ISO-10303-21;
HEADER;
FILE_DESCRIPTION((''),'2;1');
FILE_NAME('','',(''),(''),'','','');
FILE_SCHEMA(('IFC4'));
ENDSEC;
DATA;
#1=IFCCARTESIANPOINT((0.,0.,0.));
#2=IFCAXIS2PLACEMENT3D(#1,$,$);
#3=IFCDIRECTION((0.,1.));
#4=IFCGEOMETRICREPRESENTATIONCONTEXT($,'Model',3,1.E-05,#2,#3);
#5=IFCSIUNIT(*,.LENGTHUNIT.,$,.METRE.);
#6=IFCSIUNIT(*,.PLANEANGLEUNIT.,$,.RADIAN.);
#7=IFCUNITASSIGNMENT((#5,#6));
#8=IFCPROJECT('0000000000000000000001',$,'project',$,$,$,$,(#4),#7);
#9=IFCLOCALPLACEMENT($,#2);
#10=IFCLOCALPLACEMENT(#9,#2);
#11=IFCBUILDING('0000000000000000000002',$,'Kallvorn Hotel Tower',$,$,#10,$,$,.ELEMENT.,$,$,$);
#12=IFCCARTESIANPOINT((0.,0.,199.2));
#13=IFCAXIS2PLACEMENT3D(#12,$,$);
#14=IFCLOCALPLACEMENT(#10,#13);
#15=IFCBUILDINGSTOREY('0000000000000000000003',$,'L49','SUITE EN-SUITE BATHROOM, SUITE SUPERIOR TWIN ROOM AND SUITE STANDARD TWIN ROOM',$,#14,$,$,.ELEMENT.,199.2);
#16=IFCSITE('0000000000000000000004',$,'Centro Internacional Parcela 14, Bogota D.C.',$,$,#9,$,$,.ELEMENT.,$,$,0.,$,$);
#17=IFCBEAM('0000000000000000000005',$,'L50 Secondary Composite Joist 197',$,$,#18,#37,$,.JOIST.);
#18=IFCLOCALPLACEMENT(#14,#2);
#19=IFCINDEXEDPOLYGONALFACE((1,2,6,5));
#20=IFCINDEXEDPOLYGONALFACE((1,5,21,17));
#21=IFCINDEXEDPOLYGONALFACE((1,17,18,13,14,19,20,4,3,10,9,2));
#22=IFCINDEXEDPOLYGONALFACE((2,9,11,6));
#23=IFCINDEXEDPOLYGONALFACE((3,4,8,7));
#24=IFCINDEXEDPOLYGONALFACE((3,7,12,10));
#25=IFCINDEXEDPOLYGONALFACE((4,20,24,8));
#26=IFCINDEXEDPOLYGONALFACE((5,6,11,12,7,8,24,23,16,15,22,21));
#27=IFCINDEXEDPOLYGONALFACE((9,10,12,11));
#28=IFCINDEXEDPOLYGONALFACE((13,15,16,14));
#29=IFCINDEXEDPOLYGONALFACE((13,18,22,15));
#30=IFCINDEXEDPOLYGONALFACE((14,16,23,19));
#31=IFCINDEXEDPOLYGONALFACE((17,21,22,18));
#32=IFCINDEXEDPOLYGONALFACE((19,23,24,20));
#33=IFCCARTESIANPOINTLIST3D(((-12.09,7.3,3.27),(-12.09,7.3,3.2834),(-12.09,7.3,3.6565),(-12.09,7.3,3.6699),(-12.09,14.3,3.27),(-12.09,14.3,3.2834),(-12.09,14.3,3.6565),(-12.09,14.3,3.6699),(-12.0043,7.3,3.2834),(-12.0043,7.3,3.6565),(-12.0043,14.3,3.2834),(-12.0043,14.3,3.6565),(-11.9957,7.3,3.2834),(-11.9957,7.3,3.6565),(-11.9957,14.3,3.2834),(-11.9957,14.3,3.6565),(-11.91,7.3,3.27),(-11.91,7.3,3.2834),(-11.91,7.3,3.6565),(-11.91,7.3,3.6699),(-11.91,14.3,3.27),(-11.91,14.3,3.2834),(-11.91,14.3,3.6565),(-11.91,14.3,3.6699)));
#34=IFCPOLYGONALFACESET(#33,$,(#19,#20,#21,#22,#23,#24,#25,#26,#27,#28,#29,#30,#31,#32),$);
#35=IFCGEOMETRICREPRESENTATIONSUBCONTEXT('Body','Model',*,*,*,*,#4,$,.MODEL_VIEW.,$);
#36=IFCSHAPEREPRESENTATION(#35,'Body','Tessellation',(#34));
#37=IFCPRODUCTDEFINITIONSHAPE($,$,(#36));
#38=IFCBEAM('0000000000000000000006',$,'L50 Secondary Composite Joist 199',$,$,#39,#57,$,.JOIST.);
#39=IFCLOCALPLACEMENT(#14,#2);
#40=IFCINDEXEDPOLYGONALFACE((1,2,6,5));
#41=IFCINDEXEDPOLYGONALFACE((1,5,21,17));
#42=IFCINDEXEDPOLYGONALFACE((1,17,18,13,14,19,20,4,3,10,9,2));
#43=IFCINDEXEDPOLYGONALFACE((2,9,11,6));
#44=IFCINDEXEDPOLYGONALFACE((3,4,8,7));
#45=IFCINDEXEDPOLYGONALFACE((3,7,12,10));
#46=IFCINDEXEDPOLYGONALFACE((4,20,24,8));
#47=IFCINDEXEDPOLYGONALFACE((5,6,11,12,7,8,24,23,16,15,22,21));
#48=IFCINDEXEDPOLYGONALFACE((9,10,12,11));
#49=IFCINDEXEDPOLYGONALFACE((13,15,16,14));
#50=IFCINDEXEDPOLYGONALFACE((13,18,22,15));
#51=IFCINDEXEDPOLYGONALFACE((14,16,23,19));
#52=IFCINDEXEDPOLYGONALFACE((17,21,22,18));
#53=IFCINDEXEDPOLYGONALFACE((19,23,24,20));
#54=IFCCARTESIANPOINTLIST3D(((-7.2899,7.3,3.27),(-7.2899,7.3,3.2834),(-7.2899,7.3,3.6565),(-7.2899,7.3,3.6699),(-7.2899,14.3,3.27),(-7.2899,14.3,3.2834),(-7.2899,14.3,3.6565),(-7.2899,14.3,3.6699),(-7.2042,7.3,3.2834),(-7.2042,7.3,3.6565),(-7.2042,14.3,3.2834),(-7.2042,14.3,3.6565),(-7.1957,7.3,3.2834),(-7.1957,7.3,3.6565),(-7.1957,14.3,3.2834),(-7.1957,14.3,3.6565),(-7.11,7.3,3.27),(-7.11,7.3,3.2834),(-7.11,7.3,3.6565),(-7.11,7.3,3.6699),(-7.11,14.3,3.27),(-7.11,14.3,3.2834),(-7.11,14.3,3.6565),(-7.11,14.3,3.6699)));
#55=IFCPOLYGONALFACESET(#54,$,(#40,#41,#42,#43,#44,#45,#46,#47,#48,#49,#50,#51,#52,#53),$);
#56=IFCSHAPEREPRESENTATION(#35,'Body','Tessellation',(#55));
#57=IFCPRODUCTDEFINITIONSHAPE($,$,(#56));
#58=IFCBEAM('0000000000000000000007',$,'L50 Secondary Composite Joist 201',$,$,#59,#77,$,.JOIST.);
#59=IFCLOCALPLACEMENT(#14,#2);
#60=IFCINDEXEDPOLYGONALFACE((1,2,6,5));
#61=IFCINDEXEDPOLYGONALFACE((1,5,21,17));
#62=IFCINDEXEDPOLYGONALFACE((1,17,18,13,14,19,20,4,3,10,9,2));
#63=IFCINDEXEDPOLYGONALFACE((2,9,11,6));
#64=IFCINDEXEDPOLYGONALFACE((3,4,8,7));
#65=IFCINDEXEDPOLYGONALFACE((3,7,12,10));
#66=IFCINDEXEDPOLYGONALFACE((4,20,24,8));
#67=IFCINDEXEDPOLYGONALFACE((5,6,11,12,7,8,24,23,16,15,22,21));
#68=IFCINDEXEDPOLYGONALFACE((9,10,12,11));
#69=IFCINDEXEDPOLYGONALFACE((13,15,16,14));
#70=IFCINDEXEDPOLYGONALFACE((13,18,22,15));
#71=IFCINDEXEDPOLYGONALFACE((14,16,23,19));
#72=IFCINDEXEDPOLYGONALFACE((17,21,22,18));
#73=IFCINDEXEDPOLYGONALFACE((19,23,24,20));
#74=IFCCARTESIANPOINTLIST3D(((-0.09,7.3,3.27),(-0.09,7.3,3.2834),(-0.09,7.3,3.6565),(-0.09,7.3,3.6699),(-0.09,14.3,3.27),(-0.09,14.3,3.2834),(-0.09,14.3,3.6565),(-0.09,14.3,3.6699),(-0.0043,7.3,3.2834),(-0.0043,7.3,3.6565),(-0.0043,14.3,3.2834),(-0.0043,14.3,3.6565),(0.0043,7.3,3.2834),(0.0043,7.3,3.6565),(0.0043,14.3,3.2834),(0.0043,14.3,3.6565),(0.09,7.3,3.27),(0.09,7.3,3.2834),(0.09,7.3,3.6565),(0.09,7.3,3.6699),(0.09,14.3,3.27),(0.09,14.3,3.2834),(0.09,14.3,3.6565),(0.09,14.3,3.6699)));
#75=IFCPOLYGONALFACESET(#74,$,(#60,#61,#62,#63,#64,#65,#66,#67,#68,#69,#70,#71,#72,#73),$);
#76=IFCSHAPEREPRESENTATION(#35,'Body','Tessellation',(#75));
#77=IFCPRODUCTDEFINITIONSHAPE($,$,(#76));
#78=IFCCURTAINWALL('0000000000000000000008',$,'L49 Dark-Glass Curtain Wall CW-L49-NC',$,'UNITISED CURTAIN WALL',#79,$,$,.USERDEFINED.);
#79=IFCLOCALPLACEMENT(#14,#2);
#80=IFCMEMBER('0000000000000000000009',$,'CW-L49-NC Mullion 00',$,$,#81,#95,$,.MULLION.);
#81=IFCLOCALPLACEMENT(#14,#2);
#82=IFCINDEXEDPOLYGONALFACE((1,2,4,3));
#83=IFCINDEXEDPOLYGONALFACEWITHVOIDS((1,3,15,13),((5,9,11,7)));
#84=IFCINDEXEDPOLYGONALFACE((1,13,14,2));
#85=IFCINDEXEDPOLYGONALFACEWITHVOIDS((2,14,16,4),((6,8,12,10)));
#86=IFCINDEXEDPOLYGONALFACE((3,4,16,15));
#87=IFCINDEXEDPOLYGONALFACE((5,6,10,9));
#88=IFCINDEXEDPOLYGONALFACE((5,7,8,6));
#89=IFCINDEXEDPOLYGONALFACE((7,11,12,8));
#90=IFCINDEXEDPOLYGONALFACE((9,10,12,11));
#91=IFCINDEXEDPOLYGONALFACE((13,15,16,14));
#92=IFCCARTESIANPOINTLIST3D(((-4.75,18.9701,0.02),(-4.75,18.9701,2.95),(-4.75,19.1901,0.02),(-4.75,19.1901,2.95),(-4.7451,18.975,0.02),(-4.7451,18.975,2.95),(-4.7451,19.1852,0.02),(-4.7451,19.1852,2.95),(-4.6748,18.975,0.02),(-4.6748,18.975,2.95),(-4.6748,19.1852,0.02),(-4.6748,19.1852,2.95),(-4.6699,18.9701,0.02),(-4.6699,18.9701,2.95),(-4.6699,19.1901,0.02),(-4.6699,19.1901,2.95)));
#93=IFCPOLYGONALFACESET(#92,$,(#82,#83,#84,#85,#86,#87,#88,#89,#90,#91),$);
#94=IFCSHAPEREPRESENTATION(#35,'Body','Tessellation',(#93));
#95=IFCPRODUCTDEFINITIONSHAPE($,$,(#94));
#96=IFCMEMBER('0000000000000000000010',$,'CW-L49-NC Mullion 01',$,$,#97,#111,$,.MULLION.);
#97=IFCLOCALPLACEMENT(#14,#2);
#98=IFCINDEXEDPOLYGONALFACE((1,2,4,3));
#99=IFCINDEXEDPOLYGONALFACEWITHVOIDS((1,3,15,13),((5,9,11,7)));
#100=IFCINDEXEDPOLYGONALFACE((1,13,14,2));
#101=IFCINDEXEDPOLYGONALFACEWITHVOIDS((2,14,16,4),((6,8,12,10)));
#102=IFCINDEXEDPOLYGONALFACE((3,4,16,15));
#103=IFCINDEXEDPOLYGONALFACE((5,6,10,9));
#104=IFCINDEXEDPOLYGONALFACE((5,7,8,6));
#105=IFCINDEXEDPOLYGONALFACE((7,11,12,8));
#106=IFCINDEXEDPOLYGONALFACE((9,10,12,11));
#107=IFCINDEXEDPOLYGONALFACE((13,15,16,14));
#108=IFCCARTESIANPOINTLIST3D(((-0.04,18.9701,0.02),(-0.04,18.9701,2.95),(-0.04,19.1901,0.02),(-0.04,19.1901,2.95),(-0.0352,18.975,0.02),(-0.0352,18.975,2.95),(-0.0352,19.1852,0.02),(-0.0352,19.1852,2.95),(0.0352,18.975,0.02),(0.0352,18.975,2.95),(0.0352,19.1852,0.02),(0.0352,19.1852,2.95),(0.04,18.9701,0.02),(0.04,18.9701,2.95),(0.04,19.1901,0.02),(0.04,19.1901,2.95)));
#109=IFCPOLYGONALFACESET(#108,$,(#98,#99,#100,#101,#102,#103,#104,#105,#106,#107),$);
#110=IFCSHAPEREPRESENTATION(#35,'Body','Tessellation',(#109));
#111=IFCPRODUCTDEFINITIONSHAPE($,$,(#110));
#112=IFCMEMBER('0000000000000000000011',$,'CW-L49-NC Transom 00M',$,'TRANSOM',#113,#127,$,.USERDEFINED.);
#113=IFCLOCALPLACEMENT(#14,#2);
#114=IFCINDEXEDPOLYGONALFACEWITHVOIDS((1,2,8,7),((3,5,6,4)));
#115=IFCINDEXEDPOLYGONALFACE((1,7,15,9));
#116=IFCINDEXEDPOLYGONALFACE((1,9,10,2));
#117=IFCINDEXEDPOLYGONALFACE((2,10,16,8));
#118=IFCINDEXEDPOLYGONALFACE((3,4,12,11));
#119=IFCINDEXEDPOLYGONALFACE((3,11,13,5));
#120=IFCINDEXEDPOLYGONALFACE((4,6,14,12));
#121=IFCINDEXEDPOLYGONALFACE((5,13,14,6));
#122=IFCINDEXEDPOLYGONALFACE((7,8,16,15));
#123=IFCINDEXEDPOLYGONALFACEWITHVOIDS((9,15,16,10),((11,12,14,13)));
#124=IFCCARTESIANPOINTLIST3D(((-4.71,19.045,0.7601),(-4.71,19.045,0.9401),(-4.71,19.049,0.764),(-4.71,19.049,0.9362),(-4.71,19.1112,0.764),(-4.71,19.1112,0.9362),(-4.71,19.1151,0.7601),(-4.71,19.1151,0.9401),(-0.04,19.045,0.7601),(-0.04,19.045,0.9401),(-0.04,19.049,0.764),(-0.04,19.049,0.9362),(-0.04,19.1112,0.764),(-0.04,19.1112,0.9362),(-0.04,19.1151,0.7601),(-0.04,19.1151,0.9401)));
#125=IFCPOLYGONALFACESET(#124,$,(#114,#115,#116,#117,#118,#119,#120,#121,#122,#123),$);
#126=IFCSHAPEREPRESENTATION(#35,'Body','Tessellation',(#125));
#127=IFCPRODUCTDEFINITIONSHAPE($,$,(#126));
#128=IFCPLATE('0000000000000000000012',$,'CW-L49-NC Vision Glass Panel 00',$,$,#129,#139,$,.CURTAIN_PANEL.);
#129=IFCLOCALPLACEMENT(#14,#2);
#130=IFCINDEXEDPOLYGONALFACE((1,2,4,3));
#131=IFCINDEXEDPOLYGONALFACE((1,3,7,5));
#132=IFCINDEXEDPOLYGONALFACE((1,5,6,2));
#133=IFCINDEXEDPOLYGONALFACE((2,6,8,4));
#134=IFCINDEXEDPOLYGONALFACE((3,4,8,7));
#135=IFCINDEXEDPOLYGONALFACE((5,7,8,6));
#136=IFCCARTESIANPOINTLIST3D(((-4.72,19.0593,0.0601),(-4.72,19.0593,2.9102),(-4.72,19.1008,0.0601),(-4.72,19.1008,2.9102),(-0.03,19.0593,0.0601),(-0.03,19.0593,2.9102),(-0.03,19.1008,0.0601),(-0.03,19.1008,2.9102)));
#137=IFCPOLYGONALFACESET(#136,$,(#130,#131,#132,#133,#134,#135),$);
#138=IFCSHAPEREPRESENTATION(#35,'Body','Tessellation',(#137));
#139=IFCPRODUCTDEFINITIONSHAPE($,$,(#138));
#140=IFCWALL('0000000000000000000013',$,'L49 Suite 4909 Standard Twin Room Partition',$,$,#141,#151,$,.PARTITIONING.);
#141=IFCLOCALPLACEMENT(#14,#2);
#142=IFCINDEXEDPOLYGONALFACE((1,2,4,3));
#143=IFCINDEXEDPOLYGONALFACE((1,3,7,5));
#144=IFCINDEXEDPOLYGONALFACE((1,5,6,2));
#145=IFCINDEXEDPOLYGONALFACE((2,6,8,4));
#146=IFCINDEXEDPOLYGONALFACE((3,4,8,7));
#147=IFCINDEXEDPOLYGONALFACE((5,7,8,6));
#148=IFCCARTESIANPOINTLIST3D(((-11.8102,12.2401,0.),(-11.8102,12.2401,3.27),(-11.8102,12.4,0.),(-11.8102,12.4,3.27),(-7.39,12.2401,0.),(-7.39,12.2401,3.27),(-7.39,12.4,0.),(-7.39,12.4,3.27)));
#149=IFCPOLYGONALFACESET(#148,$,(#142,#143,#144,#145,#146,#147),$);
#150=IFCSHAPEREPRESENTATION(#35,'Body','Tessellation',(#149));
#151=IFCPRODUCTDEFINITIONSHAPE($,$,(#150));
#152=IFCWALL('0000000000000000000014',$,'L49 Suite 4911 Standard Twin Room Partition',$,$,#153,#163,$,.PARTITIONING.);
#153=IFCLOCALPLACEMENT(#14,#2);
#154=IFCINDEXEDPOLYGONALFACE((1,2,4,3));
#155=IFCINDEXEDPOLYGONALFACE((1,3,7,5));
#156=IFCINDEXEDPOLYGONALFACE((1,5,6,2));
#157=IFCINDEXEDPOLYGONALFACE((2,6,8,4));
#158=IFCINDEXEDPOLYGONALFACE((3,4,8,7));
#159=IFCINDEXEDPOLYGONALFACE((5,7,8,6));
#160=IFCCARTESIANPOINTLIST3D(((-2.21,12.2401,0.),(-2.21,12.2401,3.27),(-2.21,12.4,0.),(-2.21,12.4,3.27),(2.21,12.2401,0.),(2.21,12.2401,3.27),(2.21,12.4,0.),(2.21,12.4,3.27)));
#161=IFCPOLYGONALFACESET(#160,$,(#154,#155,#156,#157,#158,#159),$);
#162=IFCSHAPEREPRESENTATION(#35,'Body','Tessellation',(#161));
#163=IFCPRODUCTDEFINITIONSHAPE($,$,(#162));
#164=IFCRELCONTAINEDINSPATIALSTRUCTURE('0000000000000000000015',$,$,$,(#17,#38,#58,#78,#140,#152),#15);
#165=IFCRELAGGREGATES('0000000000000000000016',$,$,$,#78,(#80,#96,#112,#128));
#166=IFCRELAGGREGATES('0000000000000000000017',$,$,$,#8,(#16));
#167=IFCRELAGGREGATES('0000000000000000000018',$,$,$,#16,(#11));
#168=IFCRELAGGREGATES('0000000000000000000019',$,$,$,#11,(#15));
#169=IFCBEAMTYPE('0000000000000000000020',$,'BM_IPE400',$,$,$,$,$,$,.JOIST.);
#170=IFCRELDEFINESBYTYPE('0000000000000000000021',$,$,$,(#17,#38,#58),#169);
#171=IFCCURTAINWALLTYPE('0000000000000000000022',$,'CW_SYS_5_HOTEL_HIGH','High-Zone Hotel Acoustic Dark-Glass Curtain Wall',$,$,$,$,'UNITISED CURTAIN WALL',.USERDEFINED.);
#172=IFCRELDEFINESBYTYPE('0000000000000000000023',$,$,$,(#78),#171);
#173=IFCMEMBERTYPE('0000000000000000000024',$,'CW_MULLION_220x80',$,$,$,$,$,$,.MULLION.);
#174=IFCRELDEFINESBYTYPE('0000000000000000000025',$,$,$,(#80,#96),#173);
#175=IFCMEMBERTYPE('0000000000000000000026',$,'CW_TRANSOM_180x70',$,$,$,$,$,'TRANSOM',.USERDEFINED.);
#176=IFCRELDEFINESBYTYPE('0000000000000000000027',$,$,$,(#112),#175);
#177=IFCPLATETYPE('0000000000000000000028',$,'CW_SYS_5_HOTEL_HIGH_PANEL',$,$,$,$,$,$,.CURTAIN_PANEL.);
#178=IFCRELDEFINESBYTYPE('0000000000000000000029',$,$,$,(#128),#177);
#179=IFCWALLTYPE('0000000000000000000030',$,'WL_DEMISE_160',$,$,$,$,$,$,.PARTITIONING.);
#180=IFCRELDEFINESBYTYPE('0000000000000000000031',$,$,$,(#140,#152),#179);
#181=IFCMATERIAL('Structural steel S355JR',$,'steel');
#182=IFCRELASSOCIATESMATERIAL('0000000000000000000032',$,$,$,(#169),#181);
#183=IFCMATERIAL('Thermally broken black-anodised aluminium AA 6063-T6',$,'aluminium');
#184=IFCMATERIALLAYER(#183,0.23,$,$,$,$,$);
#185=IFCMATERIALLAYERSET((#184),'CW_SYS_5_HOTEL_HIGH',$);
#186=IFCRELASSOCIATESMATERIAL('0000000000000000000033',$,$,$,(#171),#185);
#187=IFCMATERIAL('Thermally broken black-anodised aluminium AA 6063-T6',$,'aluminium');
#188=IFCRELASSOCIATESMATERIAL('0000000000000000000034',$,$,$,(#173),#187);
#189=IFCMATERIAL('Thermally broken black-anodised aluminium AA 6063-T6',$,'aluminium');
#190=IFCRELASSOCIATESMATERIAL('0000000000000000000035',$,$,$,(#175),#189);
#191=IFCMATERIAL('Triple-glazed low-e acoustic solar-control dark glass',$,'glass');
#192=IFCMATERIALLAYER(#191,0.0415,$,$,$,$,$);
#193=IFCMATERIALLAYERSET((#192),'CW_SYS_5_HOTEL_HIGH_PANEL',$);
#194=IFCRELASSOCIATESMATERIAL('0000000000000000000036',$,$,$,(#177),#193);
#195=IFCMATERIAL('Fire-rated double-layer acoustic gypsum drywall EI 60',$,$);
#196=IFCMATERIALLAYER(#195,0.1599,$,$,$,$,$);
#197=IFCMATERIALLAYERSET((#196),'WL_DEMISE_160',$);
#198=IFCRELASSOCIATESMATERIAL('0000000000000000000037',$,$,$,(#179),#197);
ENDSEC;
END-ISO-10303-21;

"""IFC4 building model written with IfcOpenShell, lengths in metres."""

from ifc_helpers import new_model, si_unit, direction, frame, frame_2d, origin, origin_2d, place, context, subcontext, project, spatial, rectangle, hollow_rectangle, i_section, extrude, material, layer, layer_set, material_profile, profile_set, type_object, element, aggregate, save


model = new_model("IFC4")

# Units and contexts
model_context = context("Model", 3, precision=1e-05, world=origin(), true_north=direction((0.0, 1.0)))
body_context = subcontext(model_context, "Body", "Model", "MODEL_VIEW")
ifc_project = project(units=[si_unit("LENGTHUNIT", "METRE"), si_unit("PLANEANGLEUNIT", "RADIAN")], contexts=[model_context])

# Site, building, storey
site_placement = place(None, origin())
site = spatial("IfcSite", under=ifc_project, at=site_placement, Name="Centro Internacional Parcela 14, Bogota D.C.", CompositionType="ELEMENT", RefElevation=0.0)
building_placement = place(site_placement, origin())
building = spatial("IfcBuilding", under=site, at=building_placement, Name="Kallvorn Hotel Tower", CompositionType="ELEMENT")
storey_placement = place(building_placement, frame((0.0, 0.0, 199.2)))
storey = spatial("IfcBuildingStorey", under=building, at=storey_placement, Name="L49", Description="SUITE EN-SUITE BATHROOM, SUITE SUPERIOR TWIN ROOM AND SUITE STANDARD TWIN ROOM", CompositionType="ELEMENT", Elevation=199.2)

# Beams
ifc_material_1 = material(Name="Structural steel S355JR", Category="steel")
ifc_material_profile_1 = material_profile(ifc_material_1, i_section(OverallWidth=0.1799, OverallDepth=0.3999, WebThickness=0.0085, FlangeThickness=0.0134, at=origin_2d()), Name="IPE 400")
ifc_profile_set_1 = profile_set([ifc_material_profile_1], Name="Structural steel S355JR")
beam_type_1 = type_object("IfcBeamType", Name="BM_IPE400", PredefinedType="JOIST", material=ifc_profile_set_1)
for number, where, z_axis, x_axis, name in (
    (1, (-12.0, 7.3, 3.47), (0.0, 1.0, 0.0), (-1.0, 0.0, 0.0), "L50 Secondary Composite Joist 197"),
    (2, (-7.2, 7.3, 3.47), (0.0, 1.0, 0.0), (-1.0, 0.0, 0.0), "L50 Secondary Composite Joist 199"),
    (3, (0.0, 7.3, 3.47), (0.0, 1.0, 0.0), (-1.0, 0.0, 0.0), "L50 Secondary Composite Joist 201"),
):
    element("IfcBeam", number, at=place(storey_placement, frame(where, z_axis=z_axis, x_axis=x_axis)), inside=storey, type_object=beam_type_1, Name=name, PredefinedType="JOIST", context=body_context, shape_type="SweptSolid", body=[
        extrude(i_section(OverallWidth=0.1799, OverallDepth=0.3999, WebThickness=0.0085, FlangeThickness=0.0134, at=origin_2d()), origin(), (0.0, 0.0, 1.0), 7.0),
    ])

# Curtain wall, members, plate
ifc_material_2 = material(Name="Thermally broken black-anodised aluminium AA 6063-T6", Category="aluminium")
ifc_layer_1 = layer(ifc_material_2, 0.23)
ifc_layer_set_1 = layer_set([ifc_layer_1], Name="CW_SYS_5_HOTEL_HIGH")
curtain_wall_type = type_object("IfcCurtainWallType", Name="CW_SYS_5_HOTEL_HIGH", Description="High-Zone Hotel Acoustic Dark-Glass Curtain Wall", ElementType="UNITISED CURTAIN WALL", PredefinedType="USERDEFINED", material=ifc_layer_set_1)
curtain_wall_placement = place(storey_placement, origin())
curtain_wall = element("IfcCurtainWall", 4, at=curtain_wall_placement, inside=storey, type_object=curtain_wall_type, Name="L49 Dark-Glass Curtain Wall CW-L49-NC", ObjectType="UNITISED CURTAIN WALL", PredefinedType="USERDEFINED")
ifc_material_3 = material(Name="Thermally broken black-anodised aluminium AA 6063-T6", Category="aluminium")
ifc_material_profile_2 = material_profile(ifc_material_3, hollow_rectangle(XDim=0.0801, YDim=0.22, WallThickness=0.0049, at=origin_2d()), Name="MUL 220x80")
ifc_profile_set_2 = profile_set([ifc_material_profile_2], Name="Thermally broken black-anodised aluminium AA 6063-T6")
member_type_1 = type_object("IfcMemberType", Name="CW_MULLION_220x80", PredefinedType="MULLION", material=ifc_profile_set_2)
member_1_placement = place(storey_placement, frame((-4.71, 19.0801, 0.02), z_axis=(0.0, 0.0, 1.0), x_axis=(1.0, 0.0, 0.0)))
member_1 = element("IfcMember", 5, at=member_1_placement, type_object=member_type_1, Name="CW-L49-NC Mullion 00", PredefinedType="MULLION", context=body_context, shape_type="SweptSolid", body=[
    extrude(hollow_rectangle(XDim=0.0801, YDim=0.22, WallThickness=0.0049, at=origin_2d()), origin(), (0.0, 0.0, 1.0), 2.9299),
])
member_2_placement = place(storey_placement, frame((0.0, 19.0801, 0.02), z_axis=(0.0, 0.0, 1.0), x_axis=(1.0, 0.0, 0.0)))
member_2 = element("IfcMember", 6, at=member_2_placement, type_object=member_type_1, Name="CW-L49-NC Mullion 01", PredefinedType="MULLION", context=body_context, shape_type="SweptSolid", body=[
    extrude(hollow_rectangle(XDim=0.0801, YDim=0.22, WallThickness=0.0049, at=origin_2d()), origin(), (0.0, 0.0, 1.0), 2.9299),
])
ifc_material_4 = material(Name="Thermally broken black-anodised aluminium AA 6063-T6", Category="aluminium")
ifc_material_profile_3 = material_profile(ifc_material_4, hollow_rectangle(XDim=0.0701, YDim=0.1799, WallThickness=0.0039, at=origin_2d()), Name="TRN 180x70")
ifc_profile_set_3 = profile_set([ifc_material_profile_3], Name="Thermally broken black-anodised aluminium AA 6063-T6")
member_type_2 = type_object("IfcMemberType", Name="CW_TRANSOM_180x70", ElementType="TRANSOM", PredefinedType="USERDEFINED", material=ifc_profile_set_3)
member_3_placement = place(storey_placement, frame((-4.71, 19.0801, 0.8501), z_axis=(1.0, 0.0, 0.0), x_axis=(0.0, 1.0, 0.0)))
member_3 = element("IfcMember", 7, at=member_3_placement, type_object=member_type_2, Name="CW-L49-NC Transom 00M", ObjectType="TRANSOM", PredefinedType="USERDEFINED", context=body_context, shape_type="SweptSolid", body=[
    extrude(hollow_rectangle(XDim=0.0701, YDim=0.1799, WallThickness=0.0039, at=origin_2d()), origin(), (0.0, 0.0, 1.0), 4.6699),
])
ifc_material_5 = material(Name="Triple-glazed low-e acoustic solar-control dark glass", Category="glass")
ifc_layer_2 = layer(ifc_material_5, 0.0415)
ifc_layer_set_2 = layer_set([ifc_layer_2], Name="CW_SYS_5_HOTEL_HIGH_PANEL")
plate_type = type_object("IfcPlateType", Name="CW_SYS_5_HOTEL_HIGH_PANEL", PredefinedType="CURTAIN_PANEL", material=ifc_layer_set_2)
plate_placement = place(storey_placement, frame((-2.375, 19.0801, 0.0601), z_axis=(0.0, 0.0, 1.0), x_axis=(1.0, 0.0, 0.0)))
plate = element("IfcPlate", 8, at=plate_placement, type_object=plate_type, Name="CW-L49-NC Vision Glass Panel 00", PredefinedType="CURTAIN_PANEL", context=body_context, shape_type="SweptSolid", body=[
    extrude(rectangle(XDim=4.6899, YDim=0.0415, at=origin_2d()), origin(), (0.0, 0.0, 1.0), 2.8501),
])
aggregate(curtain_wall, [member_1, member_2, member_3, plate])

# Walls
ifc_material_6 = material(Name="Fire-rated double-layer acoustic gypsum drywall EI 60")
ifc_layer_3 = layer(ifc_material_6, 0.1599)
ifc_layer_set_3 = layer_set([ifc_layer_3], Name="WL_DEMISE_160")
wall_type = type_object("IfcWallType", Name="WL_DEMISE_160", PredefinedType="PARTITIONING", material=ifc_layer_set_3)
wall_1_placement = place(storey_placement, frame((-11.8101, 12.3201, 0.0), z_axis=(0.0, 0.0, 1.0), x_axis=(1.0, 0.0, 0.0)))
element("IfcWall", 9, at=wall_1_placement, inside=storey, type_object=wall_type, Name="L49 Suite 4909 Standard Twin Room Partition", PredefinedType="PARTITIONING", context=body_context, shape_type="SweptSolid", body=[
    extrude(rectangle(XDim=4.4202, YDim=0.1599, at=frame_2d((2.21, 0.0))), origin(), (0.0, 0.0, 1.0), 3.27),
])
wall_2_placement = place(storey_placement, frame((-2.21, 12.3201, 0.0), z_axis=(0.0, 0.0, 1.0), x_axis=(1.0, 0.0, 0.0)))
element("IfcWall", 10, at=wall_2_placement, inside=storey, type_object=wall_type, Name="L49 Suite 4911 Standard Twin Room Partition", PredefinedType="PARTITIONING", context=body_context, shape_type="SweptSolid", body=[
    extrude(rectangle(XDim=4.4199, YDim=0.1599, at=frame_2d((2.21, 0.0))), origin(), (0.0, 0.0, 1.0), 3.27),
])

save(model, "model.ifc")
